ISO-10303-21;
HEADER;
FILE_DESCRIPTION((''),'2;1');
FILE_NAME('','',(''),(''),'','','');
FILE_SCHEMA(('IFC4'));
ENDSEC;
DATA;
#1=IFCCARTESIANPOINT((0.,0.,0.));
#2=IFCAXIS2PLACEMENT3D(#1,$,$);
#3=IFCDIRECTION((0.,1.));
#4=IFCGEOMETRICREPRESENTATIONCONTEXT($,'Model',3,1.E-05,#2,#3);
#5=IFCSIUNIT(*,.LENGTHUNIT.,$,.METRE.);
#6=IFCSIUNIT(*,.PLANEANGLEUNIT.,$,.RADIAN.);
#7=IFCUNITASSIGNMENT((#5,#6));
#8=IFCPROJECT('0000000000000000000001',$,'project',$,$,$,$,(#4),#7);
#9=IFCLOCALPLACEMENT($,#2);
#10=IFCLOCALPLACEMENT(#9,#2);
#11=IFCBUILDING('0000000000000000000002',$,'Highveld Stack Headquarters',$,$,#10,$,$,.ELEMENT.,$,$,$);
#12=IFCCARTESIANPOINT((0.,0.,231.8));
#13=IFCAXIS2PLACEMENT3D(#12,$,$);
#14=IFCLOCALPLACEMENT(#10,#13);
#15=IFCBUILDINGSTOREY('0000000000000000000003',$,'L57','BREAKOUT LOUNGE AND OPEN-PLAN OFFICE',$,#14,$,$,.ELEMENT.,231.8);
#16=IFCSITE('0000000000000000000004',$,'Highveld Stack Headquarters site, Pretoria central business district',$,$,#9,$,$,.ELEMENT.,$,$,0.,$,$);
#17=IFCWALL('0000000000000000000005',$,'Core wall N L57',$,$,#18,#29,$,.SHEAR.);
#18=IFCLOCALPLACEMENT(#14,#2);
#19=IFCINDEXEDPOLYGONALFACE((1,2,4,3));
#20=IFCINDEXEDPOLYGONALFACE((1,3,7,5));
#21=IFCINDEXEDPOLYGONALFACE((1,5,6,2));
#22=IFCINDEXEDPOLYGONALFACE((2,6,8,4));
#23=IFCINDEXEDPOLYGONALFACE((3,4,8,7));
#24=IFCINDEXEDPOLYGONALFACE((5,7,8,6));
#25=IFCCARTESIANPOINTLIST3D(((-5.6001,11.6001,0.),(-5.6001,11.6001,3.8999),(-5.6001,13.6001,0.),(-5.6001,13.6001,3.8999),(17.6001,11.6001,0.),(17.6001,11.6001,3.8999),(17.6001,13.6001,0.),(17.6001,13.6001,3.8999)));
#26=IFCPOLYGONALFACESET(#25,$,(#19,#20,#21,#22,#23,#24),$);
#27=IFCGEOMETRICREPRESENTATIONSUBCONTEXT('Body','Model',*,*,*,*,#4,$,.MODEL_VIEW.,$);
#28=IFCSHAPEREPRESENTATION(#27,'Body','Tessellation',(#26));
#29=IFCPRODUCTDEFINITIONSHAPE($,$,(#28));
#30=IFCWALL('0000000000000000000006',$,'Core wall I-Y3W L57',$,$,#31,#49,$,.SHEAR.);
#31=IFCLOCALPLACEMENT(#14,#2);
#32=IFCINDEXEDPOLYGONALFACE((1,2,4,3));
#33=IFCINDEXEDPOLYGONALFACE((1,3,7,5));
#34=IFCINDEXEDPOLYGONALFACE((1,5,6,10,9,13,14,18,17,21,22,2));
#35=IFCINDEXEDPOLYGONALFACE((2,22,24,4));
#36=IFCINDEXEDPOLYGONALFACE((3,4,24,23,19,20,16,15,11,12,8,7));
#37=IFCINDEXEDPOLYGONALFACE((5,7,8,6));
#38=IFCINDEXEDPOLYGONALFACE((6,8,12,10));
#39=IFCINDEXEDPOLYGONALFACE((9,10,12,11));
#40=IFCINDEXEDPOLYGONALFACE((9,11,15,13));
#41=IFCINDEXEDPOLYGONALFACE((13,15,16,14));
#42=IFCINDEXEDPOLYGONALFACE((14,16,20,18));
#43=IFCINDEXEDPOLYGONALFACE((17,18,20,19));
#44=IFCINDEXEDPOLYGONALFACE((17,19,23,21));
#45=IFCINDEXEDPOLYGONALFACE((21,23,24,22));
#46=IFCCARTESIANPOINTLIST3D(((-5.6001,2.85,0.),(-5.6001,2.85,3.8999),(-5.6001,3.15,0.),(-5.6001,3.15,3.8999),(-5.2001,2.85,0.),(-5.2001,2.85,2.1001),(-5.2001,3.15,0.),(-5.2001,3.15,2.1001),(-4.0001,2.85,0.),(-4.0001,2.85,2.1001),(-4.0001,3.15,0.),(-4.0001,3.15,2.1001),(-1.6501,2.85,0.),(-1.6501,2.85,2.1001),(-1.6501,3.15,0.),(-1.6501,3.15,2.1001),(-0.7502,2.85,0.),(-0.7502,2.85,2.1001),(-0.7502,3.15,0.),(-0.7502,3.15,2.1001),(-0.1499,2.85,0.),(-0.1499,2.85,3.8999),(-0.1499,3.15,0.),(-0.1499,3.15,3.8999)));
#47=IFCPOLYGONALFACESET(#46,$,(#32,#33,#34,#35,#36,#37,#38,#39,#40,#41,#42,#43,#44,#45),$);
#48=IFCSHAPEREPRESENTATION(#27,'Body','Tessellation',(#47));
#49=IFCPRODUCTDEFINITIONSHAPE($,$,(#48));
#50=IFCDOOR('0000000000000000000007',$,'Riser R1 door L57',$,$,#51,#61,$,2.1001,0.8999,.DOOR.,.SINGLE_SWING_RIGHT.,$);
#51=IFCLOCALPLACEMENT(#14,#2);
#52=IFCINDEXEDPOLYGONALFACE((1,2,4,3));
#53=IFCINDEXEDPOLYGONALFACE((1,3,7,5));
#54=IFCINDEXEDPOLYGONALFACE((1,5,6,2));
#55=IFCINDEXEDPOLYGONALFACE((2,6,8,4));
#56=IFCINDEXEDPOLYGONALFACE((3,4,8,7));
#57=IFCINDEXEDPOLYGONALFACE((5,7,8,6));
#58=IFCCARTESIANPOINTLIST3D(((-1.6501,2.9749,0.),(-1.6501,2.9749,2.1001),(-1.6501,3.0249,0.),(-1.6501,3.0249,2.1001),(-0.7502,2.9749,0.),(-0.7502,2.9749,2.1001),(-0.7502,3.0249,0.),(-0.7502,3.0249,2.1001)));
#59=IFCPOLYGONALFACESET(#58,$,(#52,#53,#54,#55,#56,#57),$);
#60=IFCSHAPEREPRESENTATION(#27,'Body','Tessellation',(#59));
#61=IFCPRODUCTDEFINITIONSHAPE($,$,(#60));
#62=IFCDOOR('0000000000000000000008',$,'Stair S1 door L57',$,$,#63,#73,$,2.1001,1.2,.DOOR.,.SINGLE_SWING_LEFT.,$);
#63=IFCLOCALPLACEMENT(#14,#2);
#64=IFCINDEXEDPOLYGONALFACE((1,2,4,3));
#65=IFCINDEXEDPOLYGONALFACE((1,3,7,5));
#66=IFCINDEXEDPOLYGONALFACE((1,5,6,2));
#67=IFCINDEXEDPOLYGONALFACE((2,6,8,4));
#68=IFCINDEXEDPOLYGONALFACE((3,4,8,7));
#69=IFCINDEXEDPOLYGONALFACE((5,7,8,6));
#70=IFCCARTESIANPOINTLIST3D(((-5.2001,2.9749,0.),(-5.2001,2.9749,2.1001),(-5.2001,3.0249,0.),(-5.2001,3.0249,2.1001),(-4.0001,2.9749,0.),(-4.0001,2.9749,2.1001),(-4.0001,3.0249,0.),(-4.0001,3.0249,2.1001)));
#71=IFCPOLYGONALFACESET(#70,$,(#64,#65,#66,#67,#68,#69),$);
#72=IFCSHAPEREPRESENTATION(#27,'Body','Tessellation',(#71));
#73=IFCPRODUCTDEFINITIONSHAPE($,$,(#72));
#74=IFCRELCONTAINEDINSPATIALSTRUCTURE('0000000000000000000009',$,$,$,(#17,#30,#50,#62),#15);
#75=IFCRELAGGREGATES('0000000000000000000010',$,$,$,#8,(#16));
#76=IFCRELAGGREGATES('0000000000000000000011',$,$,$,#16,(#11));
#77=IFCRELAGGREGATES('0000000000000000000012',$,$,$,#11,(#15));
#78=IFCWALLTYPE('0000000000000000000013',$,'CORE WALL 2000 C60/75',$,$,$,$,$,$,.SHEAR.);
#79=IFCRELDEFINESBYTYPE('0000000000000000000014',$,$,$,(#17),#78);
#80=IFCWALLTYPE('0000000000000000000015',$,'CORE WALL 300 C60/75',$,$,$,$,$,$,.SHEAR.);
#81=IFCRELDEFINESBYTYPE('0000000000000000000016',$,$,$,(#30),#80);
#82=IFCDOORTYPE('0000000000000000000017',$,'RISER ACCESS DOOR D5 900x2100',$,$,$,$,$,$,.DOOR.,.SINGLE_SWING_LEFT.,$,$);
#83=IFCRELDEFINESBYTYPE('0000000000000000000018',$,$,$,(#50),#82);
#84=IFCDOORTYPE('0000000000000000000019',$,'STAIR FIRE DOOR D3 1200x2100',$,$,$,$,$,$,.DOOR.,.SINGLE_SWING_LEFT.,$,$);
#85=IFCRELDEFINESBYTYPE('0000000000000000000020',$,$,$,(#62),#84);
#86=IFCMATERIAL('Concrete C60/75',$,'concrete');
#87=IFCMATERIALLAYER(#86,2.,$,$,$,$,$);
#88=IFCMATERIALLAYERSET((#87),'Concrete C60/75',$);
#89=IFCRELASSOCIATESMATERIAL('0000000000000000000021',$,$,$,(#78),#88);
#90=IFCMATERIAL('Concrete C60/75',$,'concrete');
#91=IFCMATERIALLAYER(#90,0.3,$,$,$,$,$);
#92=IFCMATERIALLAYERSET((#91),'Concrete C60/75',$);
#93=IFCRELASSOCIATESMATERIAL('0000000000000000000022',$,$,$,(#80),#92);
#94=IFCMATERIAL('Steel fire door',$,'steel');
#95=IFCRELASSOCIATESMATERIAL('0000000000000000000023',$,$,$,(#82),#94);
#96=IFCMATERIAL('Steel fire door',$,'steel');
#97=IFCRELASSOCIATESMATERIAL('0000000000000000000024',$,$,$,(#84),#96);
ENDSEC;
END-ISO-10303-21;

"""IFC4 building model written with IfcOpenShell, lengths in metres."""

from ifc_helpers import new_model, si_unit, direction, frame, frame_2d, origin, place, context, subcontext, project, spatial, rectangle, extrude, material, layer, layer_set, type_object, element, fill, save


model = new_model("IFC4")

# Units and contexts
model_context = context("Model", 3, precision=1e-05, world=origin(), true_north=direction((0.0, 1.0)))
body_context = subcontext(model_context, "Body", "Model", "MODEL_VIEW")
ifc_project = project(units=[si_unit("LENGTHUNIT", "METRE"), si_unit("PLANEANGLEUNIT", "RADIAN")], contexts=[model_context])

# Site, building, storey
site_placement = place(None, origin())
site = spatial("IfcSite", under=ifc_project, at=site_placement, Name="Highveld Stack Headquarters site, Pretoria central business district", CompositionType="ELEMENT", RefElevation=0.0)
building_placement = place(site_placement, origin())
building = spatial("IfcBuilding", under=site, at=building_placement, Name="Highveld Stack Headquarters", CompositionType="ELEMENT")
storey_placement = place(building_placement, frame((0.0, 0.0, 231.8)))
storey = spatial("IfcBuildingStorey", under=building, at=storey_placement, Name="L57", Description="BREAKOUT LOUNGE AND OPEN-PLAN OFFICE", CompositionType="ELEMENT", Elevation=231.8)

# Wall
ifc_material_1 = material(Name="Concrete C60/75", Category="concrete")
ifc_layer_1 = layer(ifc_material_1, 2.0)
ifc_layer_set_1 = layer_set([ifc_layer_1], Name="Concrete C60/75")
wall_type_1 = type_object("IfcWallType", Name="CORE WALL 2000 C60/75", PredefinedType="SHEAR", material=ifc_layer_set_1)
wall_1_placement = place(storey_placement, frame((-5.6001, 12.6001, 0.0), z_axis=(0.0, 0.0, 1.0), x_axis=(1.0, 0.0, 0.0)))
element("IfcWall", 1, at=wall_1_placement, inside=storey, type_object=wall_type_1, Name="Core wall N L57", PredefinedType="SHEAR", context=body_context, shape_type="SweptSolid", body=[
    extrude(rectangle(XDim=23.2002, YDim=2.0, at=frame_2d((11.6001, 0.0))), origin(), (0.0, 0.0, 1.0), 3.8999),
])

# Wall, openings, doors
ifc_material_2 = material(Name="Concrete C60/75", Category="concrete")
ifc_layer_2 = layer(ifc_material_2, 0.3)
ifc_layer_set_2 = layer_set([ifc_layer_2], Name="Concrete C60/75")
wall_type_2 = type_object("IfcWallType", Name="CORE WALL 300 C60/75", PredefinedType="SHEAR", material=ifc_layer_set_2)
wall_2_placement = place(storey_placement, frame((-5.6001, 3.0, 0.0), z_axis=(0.0, 0.0, 1.0), x_axis=(1.0, 0.0, 0.0)))
wall_2 = element("IfcWall", 2, at=wall_2_placement, inside=storey, type_object=wall_type_2, Name="Core wall I-Y3W L57", PredefinedType="SHEAR", context=body_context, shape_type="SweptSolid", body=[
    extrude(rectangle(XDim=5.4502, YDim=0.3, at=frame_2d((2.7251, 0.0))), origin(), (0.0, 0.0, 1.0), 3.8999),
])
opening_1_placement = place(wall_2_placement, frame((0.3999, 0.0, 0.0)))
opening_1 = element("IfcOpeningElement", 3, at=opening_1_placement, cuts=wall_2, PredefinedType="OPENING", context=body_context, shape_type="SweptSolid", body=[
    extrude(rectangle(XDim=1.2, YDim=2.1001, at=frame_2d((0.6001, 1.05))), frame((0.0, 0.1599, 0.0), z_axis=(0.0, -1.0, 0.0), x_axis=(1.0, 0.0, 0.0)), (0.0, 0.0, 1.0), 0.3201),
])
opening_2_placement = place(wall_2_placement, frame((3.95, 0.0, 0.0)))
opening_2 = element("IfcOpeningElement", 4, at=opening_2_placement, cuts=wall_2, PredefinedType="OPENING", context=body_context, shape_type="SweptSolid", body=[
    extrude(rectangle(XDim=0.8999, YDim=2.1001, at=frame_2d((0.45, 1.05))), frame((0.0, 0.1599, 0.0), z_axis=(0.0, -1.0, 0.0), x_axis=(1.0, 0.0, 0.0)), (0.0, 0.0, 1.0), 0.3201),
])
ifc_material_3 = material(Name="Steel fire door", Category="steel")
door_type_1 = type_object("IfcDoorType", Name="RISER ACCESS DOOR D5 900x2100", OperationType="SINGLE_SWING_LEFT", PredefinedType="DOOR", material=ifc_material_3)
door_1_placement = place(opening_2_placement, origin())
door_1 = element("IfcDoor", 5, at=door_1_placement, inside=storey, type_object=door_type_1, Name="Riser R1 door L57", OperationType="SINGLE_SWING_RIGHT", OverallHeight=2.1001, OverallWidth=0.8999, PredefinedType="DOOR", context=body_context, shape_type="SweptSolid", body=[
    extrude(rectangle(XDim=0.8999, YDim=2.1001, at=frame_2d((0.45, 1.05))), frame((0.0, 0.0249, 0.0), z_axis=(0.0, -1.0, 0.0), x_axis=(1.0, 0.0, 0.0)), (0.0, 0.0, 1.0), 0.05),
])
fill(opening_2, door_1)
ifc_material_4 = material(Name="Steel fire door", Category="steel")
door_type_2 = type_object("IfcDoorType", Name="STAIR FIRE DOOR D3 1200x2100", OperationType="SINGLE_SWING_LEFT", PredefinedType="DOOR", material=ifc_material_4)
door_2_placement = place(opening_1_placement, origin())
door_2 = element("IfcDoor", 6, at=door_2_placement, inside=storey, type_object=door_type_2, Name="Stair S1 door L57", OperationType="SINGLE_SWING_LEFT", OverallHeight=2.1001, OverallWidth=1.2, PredefinedType="DOOR", context=body_context, shape_type="SweptSolid", body=[
    extrude(rectangle(XDim=1.2, YDim=2.1001, at=frame_2d((0.6001, 1.05))), frame((0.0, 0.0249, 0.0), z_axis=(0.0, -1.0, 0.0), x_axis=(1.0, 0.0, 0.0)), (0.0, 0.0, 1.0), 0.05),
])
fill(opening_1, door_2)

save(model, "model.ifc")
